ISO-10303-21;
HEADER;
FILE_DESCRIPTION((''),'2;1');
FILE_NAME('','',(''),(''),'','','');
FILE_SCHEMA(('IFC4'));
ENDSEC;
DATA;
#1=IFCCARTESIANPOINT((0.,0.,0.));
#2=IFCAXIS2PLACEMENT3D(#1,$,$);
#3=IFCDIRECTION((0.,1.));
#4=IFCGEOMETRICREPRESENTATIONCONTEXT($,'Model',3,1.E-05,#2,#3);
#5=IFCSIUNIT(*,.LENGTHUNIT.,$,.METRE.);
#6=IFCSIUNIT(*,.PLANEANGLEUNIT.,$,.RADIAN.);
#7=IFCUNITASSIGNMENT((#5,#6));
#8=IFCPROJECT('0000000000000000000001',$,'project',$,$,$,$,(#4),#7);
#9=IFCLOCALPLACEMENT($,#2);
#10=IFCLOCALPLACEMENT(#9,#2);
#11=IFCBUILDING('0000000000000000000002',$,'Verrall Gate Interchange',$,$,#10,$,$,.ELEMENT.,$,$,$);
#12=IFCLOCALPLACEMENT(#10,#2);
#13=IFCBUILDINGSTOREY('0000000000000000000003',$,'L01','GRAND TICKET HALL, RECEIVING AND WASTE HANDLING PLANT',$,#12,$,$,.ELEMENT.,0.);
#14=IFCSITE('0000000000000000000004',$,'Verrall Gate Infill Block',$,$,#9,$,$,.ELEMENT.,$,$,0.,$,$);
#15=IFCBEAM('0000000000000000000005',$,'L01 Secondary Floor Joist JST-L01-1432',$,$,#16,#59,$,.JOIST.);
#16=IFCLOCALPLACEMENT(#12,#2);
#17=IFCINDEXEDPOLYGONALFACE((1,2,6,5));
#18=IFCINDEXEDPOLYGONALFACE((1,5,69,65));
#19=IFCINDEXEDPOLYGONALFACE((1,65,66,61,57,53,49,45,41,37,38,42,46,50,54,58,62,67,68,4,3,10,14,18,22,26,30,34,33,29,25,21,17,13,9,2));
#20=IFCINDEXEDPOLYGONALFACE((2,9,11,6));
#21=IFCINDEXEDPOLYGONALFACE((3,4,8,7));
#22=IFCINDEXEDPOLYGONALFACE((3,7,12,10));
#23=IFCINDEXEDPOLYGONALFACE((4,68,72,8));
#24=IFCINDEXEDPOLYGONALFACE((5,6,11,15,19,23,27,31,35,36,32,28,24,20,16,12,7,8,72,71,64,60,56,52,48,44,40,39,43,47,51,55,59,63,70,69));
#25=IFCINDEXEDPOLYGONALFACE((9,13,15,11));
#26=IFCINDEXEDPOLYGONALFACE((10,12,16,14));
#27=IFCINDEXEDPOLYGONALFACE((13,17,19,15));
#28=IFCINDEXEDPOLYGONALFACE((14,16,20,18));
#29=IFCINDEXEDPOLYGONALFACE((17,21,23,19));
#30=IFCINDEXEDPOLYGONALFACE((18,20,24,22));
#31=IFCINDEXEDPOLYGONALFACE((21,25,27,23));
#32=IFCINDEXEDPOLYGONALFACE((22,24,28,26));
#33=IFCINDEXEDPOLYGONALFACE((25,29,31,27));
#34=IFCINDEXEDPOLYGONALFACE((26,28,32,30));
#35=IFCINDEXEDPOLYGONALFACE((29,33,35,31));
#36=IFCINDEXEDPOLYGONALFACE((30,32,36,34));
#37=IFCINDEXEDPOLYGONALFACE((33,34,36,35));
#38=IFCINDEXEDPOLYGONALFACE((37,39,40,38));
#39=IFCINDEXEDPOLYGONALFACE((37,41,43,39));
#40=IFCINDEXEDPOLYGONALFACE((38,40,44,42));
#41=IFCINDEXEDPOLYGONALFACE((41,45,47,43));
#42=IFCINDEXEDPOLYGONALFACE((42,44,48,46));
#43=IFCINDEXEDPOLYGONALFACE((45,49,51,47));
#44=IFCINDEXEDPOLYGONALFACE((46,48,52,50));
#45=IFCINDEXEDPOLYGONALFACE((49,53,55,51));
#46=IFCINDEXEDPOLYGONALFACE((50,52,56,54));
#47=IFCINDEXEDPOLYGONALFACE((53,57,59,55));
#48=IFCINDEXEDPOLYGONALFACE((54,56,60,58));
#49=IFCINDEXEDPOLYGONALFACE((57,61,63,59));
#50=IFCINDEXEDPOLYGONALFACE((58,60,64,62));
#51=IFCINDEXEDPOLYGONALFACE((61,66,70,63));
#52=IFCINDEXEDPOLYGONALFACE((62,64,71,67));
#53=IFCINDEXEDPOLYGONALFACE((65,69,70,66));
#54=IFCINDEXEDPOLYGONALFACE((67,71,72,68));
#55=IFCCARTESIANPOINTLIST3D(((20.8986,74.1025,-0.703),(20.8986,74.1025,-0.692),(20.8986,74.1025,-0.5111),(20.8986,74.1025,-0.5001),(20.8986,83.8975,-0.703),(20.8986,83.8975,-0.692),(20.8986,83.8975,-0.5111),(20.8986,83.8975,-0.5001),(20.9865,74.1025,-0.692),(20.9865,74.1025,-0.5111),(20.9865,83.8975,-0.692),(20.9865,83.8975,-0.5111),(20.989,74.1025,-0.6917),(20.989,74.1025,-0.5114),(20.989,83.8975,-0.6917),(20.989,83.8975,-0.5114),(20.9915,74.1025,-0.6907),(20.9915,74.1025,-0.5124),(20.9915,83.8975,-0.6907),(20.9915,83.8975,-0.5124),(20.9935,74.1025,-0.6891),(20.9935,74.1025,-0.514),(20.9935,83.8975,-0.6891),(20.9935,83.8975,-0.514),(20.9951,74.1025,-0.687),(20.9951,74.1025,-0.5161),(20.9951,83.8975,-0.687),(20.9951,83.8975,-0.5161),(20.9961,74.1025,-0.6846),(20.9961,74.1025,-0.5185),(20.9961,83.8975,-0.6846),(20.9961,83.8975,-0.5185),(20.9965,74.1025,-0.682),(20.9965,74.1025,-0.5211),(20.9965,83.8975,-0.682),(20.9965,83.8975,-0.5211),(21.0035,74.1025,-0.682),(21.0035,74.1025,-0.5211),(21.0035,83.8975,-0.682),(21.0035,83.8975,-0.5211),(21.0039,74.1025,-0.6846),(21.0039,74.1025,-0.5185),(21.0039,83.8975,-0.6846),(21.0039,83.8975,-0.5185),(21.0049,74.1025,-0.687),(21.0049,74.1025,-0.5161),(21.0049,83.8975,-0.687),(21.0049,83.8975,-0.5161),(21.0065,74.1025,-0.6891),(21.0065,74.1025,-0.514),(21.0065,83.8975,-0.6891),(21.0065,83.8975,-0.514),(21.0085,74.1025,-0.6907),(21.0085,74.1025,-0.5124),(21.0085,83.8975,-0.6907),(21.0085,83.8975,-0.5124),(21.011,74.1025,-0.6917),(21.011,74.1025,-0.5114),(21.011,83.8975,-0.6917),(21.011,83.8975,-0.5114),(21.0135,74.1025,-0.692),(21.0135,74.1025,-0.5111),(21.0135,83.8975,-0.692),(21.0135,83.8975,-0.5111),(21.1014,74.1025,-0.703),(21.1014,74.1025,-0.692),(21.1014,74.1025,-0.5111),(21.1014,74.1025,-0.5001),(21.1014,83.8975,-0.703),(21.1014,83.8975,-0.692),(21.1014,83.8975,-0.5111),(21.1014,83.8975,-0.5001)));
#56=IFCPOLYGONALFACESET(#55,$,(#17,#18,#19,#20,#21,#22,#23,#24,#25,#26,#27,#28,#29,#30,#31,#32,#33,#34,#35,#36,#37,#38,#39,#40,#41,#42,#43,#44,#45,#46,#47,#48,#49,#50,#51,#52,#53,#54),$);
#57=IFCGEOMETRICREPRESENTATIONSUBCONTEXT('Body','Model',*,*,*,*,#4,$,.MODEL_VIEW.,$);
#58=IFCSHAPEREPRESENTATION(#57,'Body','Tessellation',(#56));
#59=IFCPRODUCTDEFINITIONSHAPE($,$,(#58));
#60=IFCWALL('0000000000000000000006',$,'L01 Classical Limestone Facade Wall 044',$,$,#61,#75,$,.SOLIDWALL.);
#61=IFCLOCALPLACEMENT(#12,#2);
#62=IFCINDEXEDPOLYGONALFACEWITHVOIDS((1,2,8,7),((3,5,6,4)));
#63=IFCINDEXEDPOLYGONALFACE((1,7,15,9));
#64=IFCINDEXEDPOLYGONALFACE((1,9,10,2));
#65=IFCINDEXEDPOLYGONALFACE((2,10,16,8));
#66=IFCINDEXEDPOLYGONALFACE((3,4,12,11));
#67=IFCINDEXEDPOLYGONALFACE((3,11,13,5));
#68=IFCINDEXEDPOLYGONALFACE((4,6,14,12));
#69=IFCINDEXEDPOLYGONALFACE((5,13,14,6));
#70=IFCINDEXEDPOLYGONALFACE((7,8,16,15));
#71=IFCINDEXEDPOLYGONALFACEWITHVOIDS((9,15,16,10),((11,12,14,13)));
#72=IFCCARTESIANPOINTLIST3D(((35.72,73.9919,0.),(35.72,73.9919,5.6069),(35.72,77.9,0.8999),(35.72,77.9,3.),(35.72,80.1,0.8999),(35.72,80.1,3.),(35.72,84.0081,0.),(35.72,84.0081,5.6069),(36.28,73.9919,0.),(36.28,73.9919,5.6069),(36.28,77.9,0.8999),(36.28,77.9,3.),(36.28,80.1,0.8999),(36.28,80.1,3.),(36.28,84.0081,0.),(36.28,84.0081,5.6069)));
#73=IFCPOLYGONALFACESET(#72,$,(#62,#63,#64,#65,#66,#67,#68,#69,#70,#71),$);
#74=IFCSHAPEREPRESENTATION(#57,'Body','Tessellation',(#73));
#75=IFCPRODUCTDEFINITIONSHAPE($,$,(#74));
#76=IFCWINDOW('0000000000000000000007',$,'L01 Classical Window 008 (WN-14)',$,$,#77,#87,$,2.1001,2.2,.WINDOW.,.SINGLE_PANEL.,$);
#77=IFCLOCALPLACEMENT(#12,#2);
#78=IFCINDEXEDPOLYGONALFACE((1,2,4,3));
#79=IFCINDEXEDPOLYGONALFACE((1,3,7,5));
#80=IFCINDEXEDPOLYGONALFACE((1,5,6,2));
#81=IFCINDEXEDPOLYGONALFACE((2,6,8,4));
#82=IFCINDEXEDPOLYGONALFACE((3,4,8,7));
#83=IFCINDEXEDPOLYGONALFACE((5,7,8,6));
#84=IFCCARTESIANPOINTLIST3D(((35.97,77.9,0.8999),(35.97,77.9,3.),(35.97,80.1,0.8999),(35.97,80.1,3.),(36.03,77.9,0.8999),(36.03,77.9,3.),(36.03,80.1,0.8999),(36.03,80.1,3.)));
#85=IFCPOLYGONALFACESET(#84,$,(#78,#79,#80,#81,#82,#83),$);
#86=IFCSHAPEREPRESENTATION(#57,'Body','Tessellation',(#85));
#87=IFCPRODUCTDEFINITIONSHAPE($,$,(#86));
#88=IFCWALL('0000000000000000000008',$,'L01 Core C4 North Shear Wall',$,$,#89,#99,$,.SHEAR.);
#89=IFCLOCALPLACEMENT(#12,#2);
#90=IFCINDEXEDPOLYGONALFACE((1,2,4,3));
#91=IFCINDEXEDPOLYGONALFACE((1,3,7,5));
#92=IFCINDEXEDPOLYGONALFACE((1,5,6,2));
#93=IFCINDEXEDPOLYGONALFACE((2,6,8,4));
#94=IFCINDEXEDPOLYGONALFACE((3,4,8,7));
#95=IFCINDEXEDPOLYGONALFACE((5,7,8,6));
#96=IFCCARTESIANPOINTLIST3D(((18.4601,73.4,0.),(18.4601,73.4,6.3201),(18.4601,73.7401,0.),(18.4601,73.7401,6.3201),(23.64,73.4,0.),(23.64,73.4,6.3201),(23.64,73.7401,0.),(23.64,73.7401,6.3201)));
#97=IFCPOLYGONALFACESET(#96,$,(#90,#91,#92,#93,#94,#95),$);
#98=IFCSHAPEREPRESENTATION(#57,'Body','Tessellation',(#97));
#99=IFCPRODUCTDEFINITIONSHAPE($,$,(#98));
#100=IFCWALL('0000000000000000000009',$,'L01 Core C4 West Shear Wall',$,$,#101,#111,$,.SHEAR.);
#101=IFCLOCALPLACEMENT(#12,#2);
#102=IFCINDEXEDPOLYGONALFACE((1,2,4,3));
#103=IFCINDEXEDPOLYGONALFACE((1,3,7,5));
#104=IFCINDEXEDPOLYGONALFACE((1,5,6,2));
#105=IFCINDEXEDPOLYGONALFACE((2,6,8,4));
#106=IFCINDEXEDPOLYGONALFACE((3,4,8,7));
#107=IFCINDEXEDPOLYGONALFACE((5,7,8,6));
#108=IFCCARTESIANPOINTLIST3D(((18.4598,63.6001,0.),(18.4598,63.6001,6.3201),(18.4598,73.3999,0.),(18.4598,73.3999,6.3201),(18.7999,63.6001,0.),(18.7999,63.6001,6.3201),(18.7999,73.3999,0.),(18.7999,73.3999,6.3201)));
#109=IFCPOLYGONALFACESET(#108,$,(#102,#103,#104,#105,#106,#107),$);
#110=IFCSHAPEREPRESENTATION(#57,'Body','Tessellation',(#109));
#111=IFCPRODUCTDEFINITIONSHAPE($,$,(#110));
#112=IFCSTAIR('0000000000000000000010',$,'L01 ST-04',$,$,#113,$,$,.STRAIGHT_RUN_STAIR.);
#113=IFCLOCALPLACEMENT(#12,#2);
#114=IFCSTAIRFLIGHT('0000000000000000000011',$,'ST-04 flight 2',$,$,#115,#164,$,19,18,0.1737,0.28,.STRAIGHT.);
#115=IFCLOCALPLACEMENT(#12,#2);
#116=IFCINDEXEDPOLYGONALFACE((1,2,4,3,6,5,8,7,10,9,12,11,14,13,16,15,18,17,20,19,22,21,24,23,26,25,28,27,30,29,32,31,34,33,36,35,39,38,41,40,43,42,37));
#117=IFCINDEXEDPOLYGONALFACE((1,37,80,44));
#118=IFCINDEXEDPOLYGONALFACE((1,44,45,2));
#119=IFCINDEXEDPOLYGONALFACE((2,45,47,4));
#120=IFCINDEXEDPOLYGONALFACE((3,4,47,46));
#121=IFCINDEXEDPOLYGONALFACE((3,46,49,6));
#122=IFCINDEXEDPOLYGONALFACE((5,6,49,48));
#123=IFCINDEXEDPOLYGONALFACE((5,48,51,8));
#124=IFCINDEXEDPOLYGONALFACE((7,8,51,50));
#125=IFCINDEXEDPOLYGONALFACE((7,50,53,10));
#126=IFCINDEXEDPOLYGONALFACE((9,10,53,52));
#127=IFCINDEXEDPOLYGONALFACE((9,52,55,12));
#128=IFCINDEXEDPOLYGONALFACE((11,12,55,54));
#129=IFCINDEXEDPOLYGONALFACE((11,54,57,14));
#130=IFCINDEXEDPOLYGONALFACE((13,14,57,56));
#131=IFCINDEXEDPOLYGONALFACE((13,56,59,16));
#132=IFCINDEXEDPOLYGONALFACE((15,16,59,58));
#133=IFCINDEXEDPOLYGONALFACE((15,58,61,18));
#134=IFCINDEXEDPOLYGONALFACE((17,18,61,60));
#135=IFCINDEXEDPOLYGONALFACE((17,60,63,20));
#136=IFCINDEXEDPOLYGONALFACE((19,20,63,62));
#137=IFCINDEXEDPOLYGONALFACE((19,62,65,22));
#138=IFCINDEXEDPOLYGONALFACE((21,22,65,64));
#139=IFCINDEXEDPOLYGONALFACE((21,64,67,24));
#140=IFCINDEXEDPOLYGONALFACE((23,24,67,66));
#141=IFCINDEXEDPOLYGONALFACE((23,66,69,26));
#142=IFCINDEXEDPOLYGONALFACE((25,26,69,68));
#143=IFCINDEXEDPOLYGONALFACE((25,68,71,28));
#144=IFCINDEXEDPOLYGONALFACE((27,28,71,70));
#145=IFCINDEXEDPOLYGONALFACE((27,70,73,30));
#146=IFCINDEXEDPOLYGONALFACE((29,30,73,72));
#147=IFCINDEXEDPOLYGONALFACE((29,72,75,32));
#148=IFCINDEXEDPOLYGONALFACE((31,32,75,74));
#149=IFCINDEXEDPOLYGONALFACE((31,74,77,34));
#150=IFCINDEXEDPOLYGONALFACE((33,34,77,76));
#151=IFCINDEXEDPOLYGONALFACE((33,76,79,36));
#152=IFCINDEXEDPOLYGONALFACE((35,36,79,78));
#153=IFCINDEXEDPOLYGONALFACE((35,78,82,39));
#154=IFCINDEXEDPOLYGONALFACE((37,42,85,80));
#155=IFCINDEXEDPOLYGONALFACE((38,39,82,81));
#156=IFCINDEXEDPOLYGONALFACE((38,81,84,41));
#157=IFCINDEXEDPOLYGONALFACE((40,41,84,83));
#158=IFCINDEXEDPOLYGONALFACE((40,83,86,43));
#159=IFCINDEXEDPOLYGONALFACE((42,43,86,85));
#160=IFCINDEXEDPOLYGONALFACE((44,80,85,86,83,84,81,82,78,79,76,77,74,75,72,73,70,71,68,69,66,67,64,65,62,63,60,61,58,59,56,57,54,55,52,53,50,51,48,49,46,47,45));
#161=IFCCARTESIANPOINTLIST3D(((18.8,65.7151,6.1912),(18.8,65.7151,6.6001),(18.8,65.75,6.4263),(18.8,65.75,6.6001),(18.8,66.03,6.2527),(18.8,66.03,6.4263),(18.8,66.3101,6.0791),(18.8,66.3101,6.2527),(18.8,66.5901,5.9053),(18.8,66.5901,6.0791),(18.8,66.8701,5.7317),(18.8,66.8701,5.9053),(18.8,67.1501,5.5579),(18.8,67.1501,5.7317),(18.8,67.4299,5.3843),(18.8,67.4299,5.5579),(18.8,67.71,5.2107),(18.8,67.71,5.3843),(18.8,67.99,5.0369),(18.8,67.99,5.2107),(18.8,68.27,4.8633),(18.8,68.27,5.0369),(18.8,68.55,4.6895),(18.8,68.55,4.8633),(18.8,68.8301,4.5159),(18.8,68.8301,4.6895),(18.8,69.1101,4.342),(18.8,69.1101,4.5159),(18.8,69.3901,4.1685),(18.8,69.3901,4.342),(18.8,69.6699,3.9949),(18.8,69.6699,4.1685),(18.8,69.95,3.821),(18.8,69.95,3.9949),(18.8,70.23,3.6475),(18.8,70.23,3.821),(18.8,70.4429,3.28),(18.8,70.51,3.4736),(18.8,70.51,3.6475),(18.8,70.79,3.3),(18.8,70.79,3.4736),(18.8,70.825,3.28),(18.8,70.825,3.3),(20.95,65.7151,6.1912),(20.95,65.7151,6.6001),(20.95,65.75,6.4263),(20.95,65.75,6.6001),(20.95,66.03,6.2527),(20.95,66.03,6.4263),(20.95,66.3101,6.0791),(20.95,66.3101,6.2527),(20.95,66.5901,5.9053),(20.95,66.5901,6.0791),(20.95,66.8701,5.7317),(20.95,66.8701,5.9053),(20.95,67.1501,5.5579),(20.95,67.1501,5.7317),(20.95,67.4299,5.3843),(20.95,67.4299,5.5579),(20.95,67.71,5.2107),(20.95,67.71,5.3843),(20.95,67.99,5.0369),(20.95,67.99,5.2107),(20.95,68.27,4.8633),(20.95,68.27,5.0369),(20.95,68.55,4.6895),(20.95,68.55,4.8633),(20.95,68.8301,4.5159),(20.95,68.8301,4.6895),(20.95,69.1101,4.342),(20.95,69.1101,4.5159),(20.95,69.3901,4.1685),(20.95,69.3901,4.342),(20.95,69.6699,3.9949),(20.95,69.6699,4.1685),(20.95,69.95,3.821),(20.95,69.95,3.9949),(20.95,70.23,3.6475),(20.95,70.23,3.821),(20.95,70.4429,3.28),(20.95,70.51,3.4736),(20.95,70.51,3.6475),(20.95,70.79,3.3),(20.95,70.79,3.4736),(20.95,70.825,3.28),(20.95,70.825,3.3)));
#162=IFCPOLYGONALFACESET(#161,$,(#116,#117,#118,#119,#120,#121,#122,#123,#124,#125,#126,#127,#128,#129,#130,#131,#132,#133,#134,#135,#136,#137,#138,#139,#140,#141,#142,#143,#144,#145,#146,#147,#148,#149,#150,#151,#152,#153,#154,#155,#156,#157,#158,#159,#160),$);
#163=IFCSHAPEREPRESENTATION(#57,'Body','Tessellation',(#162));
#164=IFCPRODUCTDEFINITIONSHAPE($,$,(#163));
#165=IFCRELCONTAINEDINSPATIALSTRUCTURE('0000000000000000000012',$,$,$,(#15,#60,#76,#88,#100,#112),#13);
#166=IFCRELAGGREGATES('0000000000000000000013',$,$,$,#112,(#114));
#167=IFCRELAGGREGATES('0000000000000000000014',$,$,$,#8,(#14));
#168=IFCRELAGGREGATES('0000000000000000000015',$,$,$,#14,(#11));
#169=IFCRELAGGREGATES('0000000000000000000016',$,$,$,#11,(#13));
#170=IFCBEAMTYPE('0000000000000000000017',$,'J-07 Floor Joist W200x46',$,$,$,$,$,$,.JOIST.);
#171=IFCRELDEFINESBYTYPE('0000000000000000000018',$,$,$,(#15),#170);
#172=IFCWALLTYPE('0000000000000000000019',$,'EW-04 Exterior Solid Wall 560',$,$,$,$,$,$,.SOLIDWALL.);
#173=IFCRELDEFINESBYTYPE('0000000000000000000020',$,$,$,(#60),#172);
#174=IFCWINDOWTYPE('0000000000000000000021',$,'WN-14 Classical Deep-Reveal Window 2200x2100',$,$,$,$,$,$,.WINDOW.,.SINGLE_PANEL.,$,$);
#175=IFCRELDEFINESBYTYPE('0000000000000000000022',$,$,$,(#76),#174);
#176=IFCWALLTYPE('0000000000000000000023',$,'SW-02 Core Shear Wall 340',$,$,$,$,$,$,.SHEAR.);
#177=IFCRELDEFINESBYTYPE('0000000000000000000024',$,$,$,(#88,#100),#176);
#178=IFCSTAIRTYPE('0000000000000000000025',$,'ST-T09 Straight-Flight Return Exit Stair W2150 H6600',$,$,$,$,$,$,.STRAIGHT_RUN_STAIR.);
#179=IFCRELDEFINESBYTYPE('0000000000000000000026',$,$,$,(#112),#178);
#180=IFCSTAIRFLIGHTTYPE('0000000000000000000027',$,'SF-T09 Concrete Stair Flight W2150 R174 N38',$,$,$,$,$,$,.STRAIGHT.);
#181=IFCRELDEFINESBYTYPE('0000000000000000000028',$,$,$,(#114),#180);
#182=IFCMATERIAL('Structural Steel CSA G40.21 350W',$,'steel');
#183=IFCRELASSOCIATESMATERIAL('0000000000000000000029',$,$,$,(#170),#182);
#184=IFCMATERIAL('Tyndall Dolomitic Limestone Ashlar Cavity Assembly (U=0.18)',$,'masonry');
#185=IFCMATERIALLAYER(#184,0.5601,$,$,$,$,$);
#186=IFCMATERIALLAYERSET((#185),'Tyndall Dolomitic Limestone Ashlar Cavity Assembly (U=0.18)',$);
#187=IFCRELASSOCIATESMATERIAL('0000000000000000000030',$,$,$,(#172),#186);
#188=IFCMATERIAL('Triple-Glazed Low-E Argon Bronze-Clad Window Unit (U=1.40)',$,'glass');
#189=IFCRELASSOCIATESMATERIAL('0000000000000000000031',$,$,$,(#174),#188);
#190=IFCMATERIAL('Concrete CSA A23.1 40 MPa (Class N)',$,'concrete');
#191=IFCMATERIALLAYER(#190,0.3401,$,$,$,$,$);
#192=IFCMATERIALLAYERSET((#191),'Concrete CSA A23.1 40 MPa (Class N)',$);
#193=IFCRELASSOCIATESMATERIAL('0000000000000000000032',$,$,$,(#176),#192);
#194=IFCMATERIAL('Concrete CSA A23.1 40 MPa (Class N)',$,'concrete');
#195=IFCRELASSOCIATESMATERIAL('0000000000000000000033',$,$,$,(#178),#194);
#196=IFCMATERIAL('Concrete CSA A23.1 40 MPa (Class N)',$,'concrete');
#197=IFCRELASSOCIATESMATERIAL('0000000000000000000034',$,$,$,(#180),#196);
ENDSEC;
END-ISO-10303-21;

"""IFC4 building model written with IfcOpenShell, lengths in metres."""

from ifc_helpers import new_model, si_unit, direction, frame, frame_2d, origin, origin_2d, place, context, subcontext, project, spatial, polyline, rectangle, i_section, outline, extrude, material, layer, layer_set, material_profile, profile_set, type_object, element, fill, aggregate, save


model = new_model("IFC4")

# Units and contexts
model_context = context("Model", 3, precision=1e-05, world=origin(), true_north=direction((0.0, 1.0)))
body_context = subcontext(model_context, "Body", "Model", "MODEL_VIEW")
ifc_project = project(units=[si_unit("LENGTHUNIT", "METRE"), si_unit("PLANEANGLEUNIT", "RADIAN")], contexts=[model_context])

# Site, building, storey
site_placement = place(None, origin())
site = spatial("IfcSite", under=ifc_project, at=site_placement, Name="Verrall Gate Infill Block", CompositionType="ELEMENT", RefElevation=0.0)
building_placement = place(site_placement, origin())
building = spatial("IfcBuilding", under=site, at=building_placement, Name="Verrall Gate Interchange", CompositionType="ELEMENT")
storey_placement = place(building_placement, origin())
storey = spatial("IfcBuildingStorey", under=building, at=storey_placement, Name="L01", Description="GRAND TICKET HALL, RECEIVING AND WASTE HANDLING PLANT", CompositionType="ELEMENT", Elevation=0.0)

# Beam
ifc_material_1 = material(Name="Structural Steel CSA G40.21 350W", Category="steel")
ifc_material_profile_1 = material_profile(ifc_material_1, i_section(OverallWidth=0.2029, OverallDepth=0.2029, WebThickness=0.0071, FlangeThickness=0.011, FilletRadius=0.01, at=origin_2d()), Name="W200x46")
ifc_profile_set_1 = profile_set([ifc_material_profile_1], Name="Structural Steel CSA G40.21 350W")
beam_type_1 = type_object("IfcBeamType", Name="J-07 Floor Joist W200x46", PredefinedType="JOIST", material=ifc_profile_set_1)
beam_1_placement = place(storey_placement, frame((21.0, 74.1025, -0.6016), z_axis=(0.0, 1.0, 0.0), x_axis=(-1.0, 0.0, 0.0)))
element("IfcBeam", 1, at=beam_1_placement, inside=storey, type_object=beam_type_1, Name="L01 Secondary Floor Joist JST-L01-1432", PredefinedType="JOIST", context=body_context, shape_type="SweptSolid", body=[
    extrude(i_section(OverallWidth=0.2029, OverallDepth=0.2029, WebThickness=0.0071, FlangeThickness=0.011, FilletRadius=0.01, at=origin_2d()), origin(), (0.0, 0.0, 1.0), 9.7949),
])

# Wall, opening, window
ifc_material_2 = material(Name="Tyndall Dolomitic Limestone Ashlar Cavity Assembly (U=0.18)", Category="masonry")
ifc_layer_1 = layer(ifc_material_2, 0.5601)
ifc_layer_set_1 = layer_set([ifc_layer_1], Name="Tyndall Dolomitic Limestone Ashlar Cavity Assembly (U=0.18)")
wall_type_1 = type_object("IfcWallType", Name="EW-04 Exterior Solid Wall 560", PredefinedType="SOLIDWALL", material=ifc_layer_set_1)
wall_1_placement = place(storey_placement, frame((36.0, 73.9919, 0.0), z_axis=(0.0, 0.0, 1.0), x_axis=(0.0, 1.0, 0.0)))
wall_1 = element("IfcWall", 2, at=wall_1_placement, inside=storey, type_object=wall_type_1, Name="L01 Classical Limestone Facade Wall 044", PredefinedType="SOLIDWALL", context=body_context, shape_type="SweptSolid", body=[
    extrude(rectangle(XDim=10.0161, YDim=0.5601, at=frame_2d((5.0081, 0.0))), origin(), (0.0, 0.0, 1.0), 5.6069),
])
opening_placement = place(wall_1_placement, frame((3.908, 0.0, 0.8999)))
opening = element("IfcOpeningElement", 3, at=opening_placement, cuts=wall_1, PredefinedType="OPENING", context=body_context, shape_type="SweptSolid", body=[
    extrude(rectangle(XDim=2.2, YDim=2.1001, at=frame_2d((1.1001, 1.05))), frame((0.0, 0.2949, 0.0), z_axis=(0.0, -1.0, 0.0), x_axis=(1.0, 0.0, 0.0)), (0.0, 0.0, 1.0), 0.5898),
])
ifc_material_3 = material(Name="Triple-Glazed Low-E Argon Bronze-Clad Window Unit (U=1.40)", Category="glass")
window_type = type_object("IfcWindowType", Name="WN-14 Classical Deep-Reveal Window 2200x2100", PartitioningType="SINGLE_PANEL", PredefinedType="WINDOW", material=ifc_material_3)
window_placement = place(opening_placement, origin())
window = element("IfcWindow", 4, at=window_placement, inside=storey, type_object=window_type, Name="L01 Classical Window 008 (WN-14)", OverallHeight=2.1001, OverallWidth=2.2, PartitioningType="SINGLE_PANEL", PredefinedType="WINDOW", context=body_context, shape_type="SweptSolid", body=[
    extrude(rectangle(XDim=2.2, YDim=2.1001, at=frame_2d((1.1001, 1.05))), frame((0.0, 0.03, 0.0), z_axis=(0.0, -1.0, 0.0), x_axis=(1.0, 0.0, 0.0)), (0.0, 0.0, 1.0), 0.0601),
])
fill(opening, window)

# Walls
ifc_material_4 = material(Name="Concrete CSA A23.1 40 MPa (Class N)", Category="concrete")
ifc_layer_2 = layer(ifc_material_4, 0.3401)
ifc_layer_set_2 = layer_set([ifc_layer_2], Name="Concrete CSA A23.1 40 MPa (Class N)")
wall_type_2 = type_object("IfcWallType", Name="SW-02 Core Shear Wall 340", PredefinedType="SHEAR", material=ifc_layer_set_2)
wall_2_placement = place(storey_placement, frame((23.6399, 73.5701, 0.0), z_axis=(0.0, 0.0, 1.0), x_axis=(-1.0, 0.0, 0.0)))
element("IfcWall", 5, at=wall_2_placement, inside=storey, type_object=wall_type_2, Name="L01 Core C4 North Shear Wall", PredefinedType="SHEAR", context=body_context, shape_type="SweptSolid", body=[
    extrude(rectangle(XDim=5.1799, YDim=0.3401, at=frame_2d((2.5898, 0.0))), origin(), (0.0, 0.0, 1.0), 6.3201),
])
wall_3_placement = place(storey_placement, frame((18.6299, 73.3999, 0.0), z_axis=(0.0, 0.0, 1.0), x_axis=(0.0, -1.0, 0.0)))
element("IfcWall", 6, at=wall_3_placement, inside=storey, type_object=wall_type_2, Name="L01 Core C4 West Shear Wall", PredefinedType="SHEAR", context=body_context, shape_type="SweptSolid", body=[
    extrude(rectangle(XDim=9.7998, YDim=0.3401, at=frame_2d((4.8999, 0.0))), origin(), (0.0, 0.0, 1.0), 6.3201),
])

# Stair, stair flight
ifc_material_5 = material(Name="Concrete CSA A23.1 40 MPa (Class N)", Category="concrete")
stair_type = type_object("IfcStairType", Name="ST-T09 Straight-Flight Return Exit Stair W2150 H6600", PredefinedType="STRAIGHT_RUN_STAIR", material=ifc_material_5)
stair_placement = place(storey_placement, origin())
stair = element("IfcStair", 7, at=stair_placement, inside=storey, type_object=stair_type, Name="L01 ST-04", PredefinedType="STRAIGHT_RUN_STAIR")
ifc_material_6 = material(Name="Concrete CSA A23.1 40 MPa (Class N)", Category="concrete")
stair_flight_type = type_object("IfcStairFlightType", Name="SF-T09 Concrete Stair Flight W2150 R174 N38", PredefinedType="STRAIGHT", material=ifc_material_6)
stair_flight_placement = place(storey_placement, frame((19.875, 70.79, 3.3), z_axis=(0.0, 0.0, 1.0), x_axis=(0.0, -1.0, 0.0)))
stair_flight = element("IfcStairFlight", 8, at=stair_flight_placement, type_object=stair_flight_type, Name="ST-04 flight 2", NumberOfRisers=19, NumberOfTreads=18, PredefinedType="STRAIGHT", RiserHeight=0.1737, TreadLength=0.28, context=body_context, shape_type="SweptSolid", body=[
    extrude(outline(polyline([(-0.0349, -0.02), (-0.0349, 0.0), (0.0, 0.0), (0.0, 0.1736), (0.28, 0.1736), (0.28, 0.3474), (0.5601, 0.3474), (0.5601, 0.521), (0.8401, 0.521), (0.8401, 0.6948), (1.1201, 0.6948), (1.1201, 0.8684), (1.3999, 0.8684), (1.3999, 1.042), (1.6799, 1.042), (1.6799, 1.2158), (1.96, 1.2158), (1.96, 1.3894), (2.24, 1.3894), (2.24, 1.5632), (2.52, 1.5632), (2.52, 1.7368), (2.8, 1.7368), (2.8, 1.9106), (3.0801, 1.9106), (3.0801, 2.0842), (3.3601, 2.0842), (3.3601, 2.2578), (3.6399, 2.2578), (3.6399, 2.4316), (3.9199, 2.4316), (3.9199, 2.6052), (4.2, 2.6052), (4.2, 2.7791), (4.48, 2.7791), (4.48, 2.9526), (4.76, 2.9526), (4.76, 3.1262), (5.04, 3.1262), (5.04, 3.3), (5.075, 3.3), (5.075, 2.8911), (0.3472, -0.02), (-0.0349, -0.02)])), frame((0.0, 1.075, 0.0), z_axis=(0.0, -1.0, 0.0), x_axis=(1.0, 0.0, 0.0)), (0.0, 0.0, 1.0), 2.1499),
])
aggregate(stair, [stair_flight])

save(model, "model.ifc")
